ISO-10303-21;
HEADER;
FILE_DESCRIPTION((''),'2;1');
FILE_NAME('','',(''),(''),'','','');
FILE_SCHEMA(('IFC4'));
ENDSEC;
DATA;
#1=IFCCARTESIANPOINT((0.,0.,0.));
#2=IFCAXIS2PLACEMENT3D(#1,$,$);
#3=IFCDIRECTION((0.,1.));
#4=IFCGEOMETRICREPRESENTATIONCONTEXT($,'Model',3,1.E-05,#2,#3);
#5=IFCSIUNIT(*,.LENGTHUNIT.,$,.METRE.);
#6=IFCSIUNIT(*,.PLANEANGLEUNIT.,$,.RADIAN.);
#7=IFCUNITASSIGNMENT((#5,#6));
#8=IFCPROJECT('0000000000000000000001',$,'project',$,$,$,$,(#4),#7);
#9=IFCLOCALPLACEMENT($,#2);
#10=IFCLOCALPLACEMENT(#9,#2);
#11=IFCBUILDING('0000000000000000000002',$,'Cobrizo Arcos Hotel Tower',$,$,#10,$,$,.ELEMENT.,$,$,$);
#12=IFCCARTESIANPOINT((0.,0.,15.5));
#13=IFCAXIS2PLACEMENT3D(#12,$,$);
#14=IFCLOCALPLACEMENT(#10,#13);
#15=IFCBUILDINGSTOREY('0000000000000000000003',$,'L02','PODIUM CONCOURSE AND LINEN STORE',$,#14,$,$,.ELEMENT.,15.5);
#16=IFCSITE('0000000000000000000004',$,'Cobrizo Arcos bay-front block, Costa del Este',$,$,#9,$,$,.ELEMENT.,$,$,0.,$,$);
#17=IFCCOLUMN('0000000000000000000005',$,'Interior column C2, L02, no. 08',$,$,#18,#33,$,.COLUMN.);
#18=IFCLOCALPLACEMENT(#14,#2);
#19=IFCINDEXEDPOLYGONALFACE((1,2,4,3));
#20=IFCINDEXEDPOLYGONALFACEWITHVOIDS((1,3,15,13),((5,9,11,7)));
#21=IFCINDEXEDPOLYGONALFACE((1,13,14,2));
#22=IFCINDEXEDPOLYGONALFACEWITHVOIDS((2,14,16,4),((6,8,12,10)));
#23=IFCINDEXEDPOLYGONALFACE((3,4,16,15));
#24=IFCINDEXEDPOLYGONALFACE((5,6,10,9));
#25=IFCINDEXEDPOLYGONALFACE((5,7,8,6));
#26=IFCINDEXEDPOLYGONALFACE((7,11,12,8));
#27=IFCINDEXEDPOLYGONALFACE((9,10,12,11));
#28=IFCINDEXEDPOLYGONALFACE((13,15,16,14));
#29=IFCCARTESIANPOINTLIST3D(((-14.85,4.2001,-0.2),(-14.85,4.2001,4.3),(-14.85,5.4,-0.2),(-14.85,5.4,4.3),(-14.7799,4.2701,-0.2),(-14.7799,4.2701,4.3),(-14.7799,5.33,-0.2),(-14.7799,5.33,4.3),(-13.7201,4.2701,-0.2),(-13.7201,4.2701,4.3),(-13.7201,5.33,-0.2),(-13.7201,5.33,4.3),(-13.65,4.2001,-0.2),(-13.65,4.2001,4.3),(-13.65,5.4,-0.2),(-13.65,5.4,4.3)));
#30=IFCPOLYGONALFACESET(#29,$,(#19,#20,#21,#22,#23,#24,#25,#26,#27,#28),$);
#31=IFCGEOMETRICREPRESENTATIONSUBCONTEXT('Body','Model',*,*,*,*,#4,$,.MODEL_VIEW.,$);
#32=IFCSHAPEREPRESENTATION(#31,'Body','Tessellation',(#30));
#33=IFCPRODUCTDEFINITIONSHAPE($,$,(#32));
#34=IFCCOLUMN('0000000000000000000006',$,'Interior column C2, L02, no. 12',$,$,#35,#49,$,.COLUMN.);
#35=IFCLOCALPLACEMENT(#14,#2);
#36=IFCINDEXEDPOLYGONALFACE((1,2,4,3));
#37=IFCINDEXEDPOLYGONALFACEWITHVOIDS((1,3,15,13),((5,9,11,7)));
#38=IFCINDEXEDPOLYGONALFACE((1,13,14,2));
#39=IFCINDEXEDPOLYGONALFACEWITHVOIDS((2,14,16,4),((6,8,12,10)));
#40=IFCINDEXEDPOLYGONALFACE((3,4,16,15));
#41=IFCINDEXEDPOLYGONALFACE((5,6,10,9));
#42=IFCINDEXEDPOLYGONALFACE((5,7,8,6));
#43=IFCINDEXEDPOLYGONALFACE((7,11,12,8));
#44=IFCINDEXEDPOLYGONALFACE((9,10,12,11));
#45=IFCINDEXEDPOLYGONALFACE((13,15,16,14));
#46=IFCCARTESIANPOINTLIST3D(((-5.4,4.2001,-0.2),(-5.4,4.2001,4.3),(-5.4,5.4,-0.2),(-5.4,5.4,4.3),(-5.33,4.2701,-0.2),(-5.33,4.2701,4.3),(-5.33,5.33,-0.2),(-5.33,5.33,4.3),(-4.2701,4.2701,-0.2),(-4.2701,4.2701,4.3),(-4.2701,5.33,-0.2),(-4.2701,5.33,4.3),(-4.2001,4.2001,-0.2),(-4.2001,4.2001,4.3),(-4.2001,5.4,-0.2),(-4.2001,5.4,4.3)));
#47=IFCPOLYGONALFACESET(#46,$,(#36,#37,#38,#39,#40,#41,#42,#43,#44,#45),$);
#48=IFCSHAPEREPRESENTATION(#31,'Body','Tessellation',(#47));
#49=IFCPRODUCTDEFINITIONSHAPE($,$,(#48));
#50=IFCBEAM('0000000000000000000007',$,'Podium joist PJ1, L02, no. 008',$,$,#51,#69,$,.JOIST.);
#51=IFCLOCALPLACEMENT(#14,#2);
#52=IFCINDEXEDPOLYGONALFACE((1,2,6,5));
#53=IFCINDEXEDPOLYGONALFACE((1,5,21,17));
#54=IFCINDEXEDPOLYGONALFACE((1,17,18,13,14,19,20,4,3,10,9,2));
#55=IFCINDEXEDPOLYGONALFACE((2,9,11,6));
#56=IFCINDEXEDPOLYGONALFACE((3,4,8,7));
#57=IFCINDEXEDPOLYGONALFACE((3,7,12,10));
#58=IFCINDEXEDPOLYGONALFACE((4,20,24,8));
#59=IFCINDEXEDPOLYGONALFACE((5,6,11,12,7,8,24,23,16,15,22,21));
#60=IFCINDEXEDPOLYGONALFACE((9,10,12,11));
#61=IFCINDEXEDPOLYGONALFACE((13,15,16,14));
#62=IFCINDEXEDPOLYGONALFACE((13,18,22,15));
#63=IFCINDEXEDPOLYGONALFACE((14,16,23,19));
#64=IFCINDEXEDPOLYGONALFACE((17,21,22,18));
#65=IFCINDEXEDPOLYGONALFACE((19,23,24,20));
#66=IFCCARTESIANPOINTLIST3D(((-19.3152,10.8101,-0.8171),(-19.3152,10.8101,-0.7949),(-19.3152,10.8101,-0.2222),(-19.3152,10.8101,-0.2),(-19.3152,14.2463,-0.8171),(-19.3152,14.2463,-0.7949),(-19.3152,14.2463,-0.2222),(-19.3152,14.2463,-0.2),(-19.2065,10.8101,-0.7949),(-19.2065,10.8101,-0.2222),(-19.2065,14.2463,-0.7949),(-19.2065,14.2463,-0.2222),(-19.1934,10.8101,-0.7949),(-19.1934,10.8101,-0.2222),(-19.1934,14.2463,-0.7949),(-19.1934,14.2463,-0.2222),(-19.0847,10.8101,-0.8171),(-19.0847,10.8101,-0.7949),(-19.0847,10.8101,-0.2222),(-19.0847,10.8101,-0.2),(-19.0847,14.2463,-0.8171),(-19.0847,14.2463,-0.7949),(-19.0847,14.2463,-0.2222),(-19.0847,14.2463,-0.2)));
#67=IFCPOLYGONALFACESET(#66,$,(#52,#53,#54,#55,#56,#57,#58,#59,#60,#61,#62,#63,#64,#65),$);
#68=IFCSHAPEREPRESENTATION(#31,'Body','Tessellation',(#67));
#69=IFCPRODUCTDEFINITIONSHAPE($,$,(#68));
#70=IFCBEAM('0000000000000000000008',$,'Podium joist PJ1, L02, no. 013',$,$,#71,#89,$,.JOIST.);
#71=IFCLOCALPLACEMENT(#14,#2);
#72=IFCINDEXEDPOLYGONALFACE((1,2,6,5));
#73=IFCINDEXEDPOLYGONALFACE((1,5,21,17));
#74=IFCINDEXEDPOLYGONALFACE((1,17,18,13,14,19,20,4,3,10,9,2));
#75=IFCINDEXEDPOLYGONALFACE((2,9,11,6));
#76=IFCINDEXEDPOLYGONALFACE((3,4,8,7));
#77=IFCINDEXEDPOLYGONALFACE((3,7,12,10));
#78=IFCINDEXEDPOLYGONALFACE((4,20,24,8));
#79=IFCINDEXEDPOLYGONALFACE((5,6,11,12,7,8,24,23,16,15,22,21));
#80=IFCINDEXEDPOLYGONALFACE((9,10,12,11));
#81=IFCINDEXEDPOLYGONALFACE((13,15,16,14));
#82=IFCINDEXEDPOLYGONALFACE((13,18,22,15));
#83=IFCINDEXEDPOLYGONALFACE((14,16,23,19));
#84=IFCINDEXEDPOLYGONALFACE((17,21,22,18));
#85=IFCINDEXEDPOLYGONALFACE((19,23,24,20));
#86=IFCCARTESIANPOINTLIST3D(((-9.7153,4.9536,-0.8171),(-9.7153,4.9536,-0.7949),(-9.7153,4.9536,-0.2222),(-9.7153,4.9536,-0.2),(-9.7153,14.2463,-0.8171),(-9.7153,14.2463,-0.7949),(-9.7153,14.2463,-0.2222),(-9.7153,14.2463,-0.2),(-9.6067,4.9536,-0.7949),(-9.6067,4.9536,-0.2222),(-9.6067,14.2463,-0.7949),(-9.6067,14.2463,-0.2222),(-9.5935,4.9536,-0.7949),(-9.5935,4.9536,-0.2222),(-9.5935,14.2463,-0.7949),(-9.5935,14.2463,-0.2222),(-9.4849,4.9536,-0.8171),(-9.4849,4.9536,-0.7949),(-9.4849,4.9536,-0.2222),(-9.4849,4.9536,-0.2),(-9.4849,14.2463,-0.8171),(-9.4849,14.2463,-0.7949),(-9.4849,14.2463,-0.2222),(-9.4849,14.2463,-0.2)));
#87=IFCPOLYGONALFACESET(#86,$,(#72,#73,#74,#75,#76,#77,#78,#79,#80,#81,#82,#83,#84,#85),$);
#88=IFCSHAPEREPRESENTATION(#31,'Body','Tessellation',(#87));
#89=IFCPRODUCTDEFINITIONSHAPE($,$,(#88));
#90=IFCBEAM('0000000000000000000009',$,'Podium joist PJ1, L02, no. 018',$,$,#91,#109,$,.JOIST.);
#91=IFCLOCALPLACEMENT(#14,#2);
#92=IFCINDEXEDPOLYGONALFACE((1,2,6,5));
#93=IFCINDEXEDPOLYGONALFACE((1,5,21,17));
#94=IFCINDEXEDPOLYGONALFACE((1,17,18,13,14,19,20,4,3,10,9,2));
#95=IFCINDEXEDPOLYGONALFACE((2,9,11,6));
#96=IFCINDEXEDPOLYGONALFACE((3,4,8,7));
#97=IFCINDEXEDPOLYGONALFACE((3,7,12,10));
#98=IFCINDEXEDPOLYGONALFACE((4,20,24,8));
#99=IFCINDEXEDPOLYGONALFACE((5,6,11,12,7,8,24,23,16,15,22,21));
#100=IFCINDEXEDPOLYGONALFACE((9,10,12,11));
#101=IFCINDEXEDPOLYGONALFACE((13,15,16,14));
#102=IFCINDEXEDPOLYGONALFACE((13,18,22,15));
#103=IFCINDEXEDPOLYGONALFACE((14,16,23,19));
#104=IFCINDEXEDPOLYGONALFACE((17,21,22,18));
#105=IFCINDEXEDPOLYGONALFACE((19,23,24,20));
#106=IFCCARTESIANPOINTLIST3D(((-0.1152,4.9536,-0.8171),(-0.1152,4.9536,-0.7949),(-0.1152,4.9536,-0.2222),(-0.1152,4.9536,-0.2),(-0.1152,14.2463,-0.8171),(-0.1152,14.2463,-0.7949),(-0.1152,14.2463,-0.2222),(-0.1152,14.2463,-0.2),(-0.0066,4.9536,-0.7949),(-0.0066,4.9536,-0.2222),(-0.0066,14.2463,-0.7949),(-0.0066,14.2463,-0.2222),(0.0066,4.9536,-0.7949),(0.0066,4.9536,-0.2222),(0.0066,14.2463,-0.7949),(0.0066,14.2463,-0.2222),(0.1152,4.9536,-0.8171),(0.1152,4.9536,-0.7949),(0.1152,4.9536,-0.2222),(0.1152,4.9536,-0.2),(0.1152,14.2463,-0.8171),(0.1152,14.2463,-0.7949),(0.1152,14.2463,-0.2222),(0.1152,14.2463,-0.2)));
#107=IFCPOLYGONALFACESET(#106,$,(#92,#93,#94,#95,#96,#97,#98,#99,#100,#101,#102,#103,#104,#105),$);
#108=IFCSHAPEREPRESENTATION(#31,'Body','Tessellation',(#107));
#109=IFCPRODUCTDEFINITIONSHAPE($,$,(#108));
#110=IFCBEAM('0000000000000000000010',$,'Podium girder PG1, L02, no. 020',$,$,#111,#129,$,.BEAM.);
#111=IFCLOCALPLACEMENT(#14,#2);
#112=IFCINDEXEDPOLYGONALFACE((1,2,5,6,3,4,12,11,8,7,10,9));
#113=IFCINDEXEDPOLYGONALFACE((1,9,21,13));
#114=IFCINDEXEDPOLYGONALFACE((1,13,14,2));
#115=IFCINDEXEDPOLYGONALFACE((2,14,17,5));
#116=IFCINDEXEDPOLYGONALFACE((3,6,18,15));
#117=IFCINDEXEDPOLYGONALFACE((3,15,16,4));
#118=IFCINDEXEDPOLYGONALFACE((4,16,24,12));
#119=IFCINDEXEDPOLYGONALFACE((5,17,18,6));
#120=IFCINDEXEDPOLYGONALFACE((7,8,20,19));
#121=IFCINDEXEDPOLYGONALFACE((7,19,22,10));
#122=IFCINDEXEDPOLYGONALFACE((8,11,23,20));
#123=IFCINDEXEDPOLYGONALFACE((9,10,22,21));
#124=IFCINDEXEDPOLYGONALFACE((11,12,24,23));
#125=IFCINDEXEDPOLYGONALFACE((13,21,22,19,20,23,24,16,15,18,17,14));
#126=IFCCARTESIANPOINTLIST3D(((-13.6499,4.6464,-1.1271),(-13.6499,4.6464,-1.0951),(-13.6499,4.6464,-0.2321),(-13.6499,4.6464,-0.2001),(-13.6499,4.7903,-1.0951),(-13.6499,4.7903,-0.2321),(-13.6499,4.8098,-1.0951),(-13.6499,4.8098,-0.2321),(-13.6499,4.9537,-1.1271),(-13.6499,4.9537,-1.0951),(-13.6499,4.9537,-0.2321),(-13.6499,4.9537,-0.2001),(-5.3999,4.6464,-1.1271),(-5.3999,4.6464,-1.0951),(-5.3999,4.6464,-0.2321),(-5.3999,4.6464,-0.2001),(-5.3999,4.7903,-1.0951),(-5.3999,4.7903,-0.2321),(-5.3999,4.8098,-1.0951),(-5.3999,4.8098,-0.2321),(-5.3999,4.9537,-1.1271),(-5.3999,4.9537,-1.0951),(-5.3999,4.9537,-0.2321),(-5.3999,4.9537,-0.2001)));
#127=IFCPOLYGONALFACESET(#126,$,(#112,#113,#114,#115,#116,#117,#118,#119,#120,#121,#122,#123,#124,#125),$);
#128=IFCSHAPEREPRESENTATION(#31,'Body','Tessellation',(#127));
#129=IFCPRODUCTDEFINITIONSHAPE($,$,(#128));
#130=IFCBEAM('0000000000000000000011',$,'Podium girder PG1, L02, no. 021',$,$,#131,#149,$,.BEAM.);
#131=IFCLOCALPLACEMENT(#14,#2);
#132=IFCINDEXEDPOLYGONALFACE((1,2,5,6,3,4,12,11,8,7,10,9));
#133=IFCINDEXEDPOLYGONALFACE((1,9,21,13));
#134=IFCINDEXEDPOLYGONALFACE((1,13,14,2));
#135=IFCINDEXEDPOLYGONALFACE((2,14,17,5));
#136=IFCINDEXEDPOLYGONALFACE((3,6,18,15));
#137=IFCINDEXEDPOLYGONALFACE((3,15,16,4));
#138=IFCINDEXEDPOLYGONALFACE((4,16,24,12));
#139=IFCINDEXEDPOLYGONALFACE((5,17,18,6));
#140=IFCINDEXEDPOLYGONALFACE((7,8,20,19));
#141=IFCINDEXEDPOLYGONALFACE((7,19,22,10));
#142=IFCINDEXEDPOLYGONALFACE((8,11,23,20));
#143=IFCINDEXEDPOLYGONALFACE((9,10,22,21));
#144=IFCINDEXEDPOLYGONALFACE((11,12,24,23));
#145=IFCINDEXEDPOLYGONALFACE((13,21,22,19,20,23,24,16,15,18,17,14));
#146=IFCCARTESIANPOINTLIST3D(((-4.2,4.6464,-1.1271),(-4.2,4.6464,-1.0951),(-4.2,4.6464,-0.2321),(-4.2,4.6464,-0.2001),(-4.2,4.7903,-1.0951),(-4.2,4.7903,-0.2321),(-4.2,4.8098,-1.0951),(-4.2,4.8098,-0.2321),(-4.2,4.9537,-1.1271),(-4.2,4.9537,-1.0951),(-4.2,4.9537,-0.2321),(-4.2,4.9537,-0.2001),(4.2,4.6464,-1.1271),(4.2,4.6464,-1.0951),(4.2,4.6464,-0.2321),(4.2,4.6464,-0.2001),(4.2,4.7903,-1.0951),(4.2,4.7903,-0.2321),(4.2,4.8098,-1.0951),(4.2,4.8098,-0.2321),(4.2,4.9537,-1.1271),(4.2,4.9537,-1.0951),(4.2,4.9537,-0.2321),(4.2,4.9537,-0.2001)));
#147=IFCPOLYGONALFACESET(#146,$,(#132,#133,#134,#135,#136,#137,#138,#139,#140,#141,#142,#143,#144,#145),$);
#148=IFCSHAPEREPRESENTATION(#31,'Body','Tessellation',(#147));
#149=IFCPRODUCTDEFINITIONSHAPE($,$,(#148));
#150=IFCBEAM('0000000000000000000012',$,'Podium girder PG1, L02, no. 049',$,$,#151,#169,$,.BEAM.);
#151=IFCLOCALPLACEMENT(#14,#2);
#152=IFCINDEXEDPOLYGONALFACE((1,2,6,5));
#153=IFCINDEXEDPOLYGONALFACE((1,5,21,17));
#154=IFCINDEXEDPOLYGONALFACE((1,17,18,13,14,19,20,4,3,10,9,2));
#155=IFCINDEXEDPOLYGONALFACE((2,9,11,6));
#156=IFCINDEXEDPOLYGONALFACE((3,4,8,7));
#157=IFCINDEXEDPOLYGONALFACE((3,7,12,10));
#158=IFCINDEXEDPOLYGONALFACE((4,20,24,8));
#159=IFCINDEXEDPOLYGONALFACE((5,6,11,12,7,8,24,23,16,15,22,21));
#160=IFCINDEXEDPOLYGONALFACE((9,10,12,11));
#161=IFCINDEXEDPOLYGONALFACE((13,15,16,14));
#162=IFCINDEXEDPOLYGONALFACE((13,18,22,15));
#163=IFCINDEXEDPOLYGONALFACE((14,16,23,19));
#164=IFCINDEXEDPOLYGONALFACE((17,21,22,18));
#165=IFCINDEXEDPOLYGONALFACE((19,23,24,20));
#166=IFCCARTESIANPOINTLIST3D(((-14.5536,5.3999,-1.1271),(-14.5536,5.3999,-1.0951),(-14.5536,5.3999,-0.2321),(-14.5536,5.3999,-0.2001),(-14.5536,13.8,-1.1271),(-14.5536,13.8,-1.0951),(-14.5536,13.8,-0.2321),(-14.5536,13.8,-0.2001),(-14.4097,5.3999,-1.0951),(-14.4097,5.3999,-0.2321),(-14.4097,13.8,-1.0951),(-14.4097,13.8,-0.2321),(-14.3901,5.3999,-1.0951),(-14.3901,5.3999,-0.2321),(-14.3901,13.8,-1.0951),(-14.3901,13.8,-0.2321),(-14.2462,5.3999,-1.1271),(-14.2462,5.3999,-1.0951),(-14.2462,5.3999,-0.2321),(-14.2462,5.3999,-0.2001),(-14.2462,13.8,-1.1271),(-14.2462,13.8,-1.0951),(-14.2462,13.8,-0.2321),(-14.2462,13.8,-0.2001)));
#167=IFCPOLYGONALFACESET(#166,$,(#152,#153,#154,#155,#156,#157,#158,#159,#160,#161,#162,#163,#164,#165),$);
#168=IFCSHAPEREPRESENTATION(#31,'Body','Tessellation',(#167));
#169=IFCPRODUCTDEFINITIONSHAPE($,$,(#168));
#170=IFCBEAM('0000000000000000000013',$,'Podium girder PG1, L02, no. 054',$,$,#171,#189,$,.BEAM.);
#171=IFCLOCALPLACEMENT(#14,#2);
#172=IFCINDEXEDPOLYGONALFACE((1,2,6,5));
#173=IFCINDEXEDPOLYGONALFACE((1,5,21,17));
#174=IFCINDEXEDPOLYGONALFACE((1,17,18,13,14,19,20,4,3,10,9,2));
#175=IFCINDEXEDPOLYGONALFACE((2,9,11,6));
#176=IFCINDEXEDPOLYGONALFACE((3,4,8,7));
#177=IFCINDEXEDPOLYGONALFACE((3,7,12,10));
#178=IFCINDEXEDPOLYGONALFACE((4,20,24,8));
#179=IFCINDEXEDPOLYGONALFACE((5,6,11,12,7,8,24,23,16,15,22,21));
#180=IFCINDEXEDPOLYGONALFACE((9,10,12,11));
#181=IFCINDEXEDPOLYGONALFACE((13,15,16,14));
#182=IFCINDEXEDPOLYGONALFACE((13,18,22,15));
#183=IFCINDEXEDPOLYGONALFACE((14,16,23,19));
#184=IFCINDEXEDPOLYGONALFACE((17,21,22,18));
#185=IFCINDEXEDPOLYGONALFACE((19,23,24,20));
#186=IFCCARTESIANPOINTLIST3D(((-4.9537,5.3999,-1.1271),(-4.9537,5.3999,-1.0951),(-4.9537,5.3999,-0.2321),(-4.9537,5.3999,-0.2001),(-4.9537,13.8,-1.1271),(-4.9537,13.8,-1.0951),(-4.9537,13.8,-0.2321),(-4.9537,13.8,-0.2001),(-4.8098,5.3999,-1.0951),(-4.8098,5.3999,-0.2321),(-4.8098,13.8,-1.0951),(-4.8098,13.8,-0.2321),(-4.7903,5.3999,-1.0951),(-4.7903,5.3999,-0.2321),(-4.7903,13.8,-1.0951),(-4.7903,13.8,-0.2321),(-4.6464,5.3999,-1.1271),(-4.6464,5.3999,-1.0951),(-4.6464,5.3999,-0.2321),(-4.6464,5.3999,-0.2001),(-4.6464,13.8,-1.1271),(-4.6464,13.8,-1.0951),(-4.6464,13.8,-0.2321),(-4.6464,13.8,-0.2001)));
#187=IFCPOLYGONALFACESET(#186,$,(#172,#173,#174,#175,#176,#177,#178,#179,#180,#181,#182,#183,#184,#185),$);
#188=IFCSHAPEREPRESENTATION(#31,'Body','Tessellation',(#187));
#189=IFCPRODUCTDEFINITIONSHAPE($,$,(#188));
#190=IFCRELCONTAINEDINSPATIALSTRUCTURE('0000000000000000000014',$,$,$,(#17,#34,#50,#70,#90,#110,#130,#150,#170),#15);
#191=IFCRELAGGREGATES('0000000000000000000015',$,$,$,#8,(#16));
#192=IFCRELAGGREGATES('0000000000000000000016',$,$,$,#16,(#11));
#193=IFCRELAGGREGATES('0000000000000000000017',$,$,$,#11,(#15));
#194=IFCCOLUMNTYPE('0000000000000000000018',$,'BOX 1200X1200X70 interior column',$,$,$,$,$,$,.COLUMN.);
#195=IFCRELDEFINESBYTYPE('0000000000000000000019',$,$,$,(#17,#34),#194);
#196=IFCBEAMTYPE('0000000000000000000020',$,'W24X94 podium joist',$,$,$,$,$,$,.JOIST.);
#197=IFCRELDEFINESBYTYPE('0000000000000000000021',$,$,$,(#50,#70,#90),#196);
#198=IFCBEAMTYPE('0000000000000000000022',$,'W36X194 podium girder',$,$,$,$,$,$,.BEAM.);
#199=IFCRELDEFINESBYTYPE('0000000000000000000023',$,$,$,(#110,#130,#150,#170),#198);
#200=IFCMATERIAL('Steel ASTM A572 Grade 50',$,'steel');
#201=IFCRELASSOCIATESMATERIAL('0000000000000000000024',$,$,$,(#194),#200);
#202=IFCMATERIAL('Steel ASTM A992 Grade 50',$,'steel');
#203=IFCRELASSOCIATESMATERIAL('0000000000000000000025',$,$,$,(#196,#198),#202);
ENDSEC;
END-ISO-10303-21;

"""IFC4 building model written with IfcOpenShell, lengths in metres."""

from ifc_helpers import new_model, si_unit, direction, frame, origin, origin_2d, place, context, subcontext, project, spatial, hollow_rectangle, i_section, extrude, material, material_profile, profile_set, type_object, element, save


model = new_model("IFC4")

# Units and contexts
model_context = context("Model", 3, precision=1e-05, world=origin(), true_north=direction((0.0, 1.0)))
body_context = subcontext(model_context, "Body", "Model", "MODEL_VIEW")
ifc_project = project(units=[si_unit("LENGTHUNIT", "METRE"), si_unit("PLANEANGLEUNIT", "RADIAN")], contexts=[model_context])

# Site, building, storey
site_placement = place(None, origin())
site = spatial("IfcSite", under=ifc_project, at=site_placement, Name="Cobrizo Arcos bay-front block, Costa del Este", CompositionType="ELEMENT", RefElevation=0.0)
building_placement = place(site_placement, origin())
building = spatial("IfcBuilding", under=site, at=building_placement, Name="Cobrizo Arcos Hotel Tower", CompositionType="ELEMENT")
storey_placement = place(building_placement, frame((0.0, 0.0, 15.5)))
storey = spatial("IfcBuildingStorey", under=building, at=storey_placement, Name="L02", Description="PODIUM CONCOURSE AND LINEN STORE", CompositionType="ELEMENT", Elevation=15.5)

# Columns
ifc_material_1 = material(Name="Steel ASTM A572 Grade 50", Category="steel")
ifc_material_profile_1 = material_profile(ifc_material_1, hollow_rectangle(XDim=1.2, YDim=1.2, WallThickness=0.0701, at=origin_2d()), Name="BOX 1200X1200X70")
ifc_profile_set_1 = profile_set([ifc_material_profile_1], Name="Steel ASTM A572 Grade 50")
column_type = type_object("IfcColumnType", Name="BOX 1200X1200X70 interior column", PredefinedType="COLUMN", material=ifc_profile_set_1)
for number, where, z_axis, x_axis, name in (
    (1, (-14.25, 4.8, -0.2), (0.0, 0.0, 1.0), (1.0, 0.0, 0.0), "Interior column C2, L02, no. 08"),
    (2, (-4.8, 4.8, -0.2), (0.0, 0.0, 1.0), (1.0, 0.0, 0.0), "Interior column C2, L02, no. 12"),
):
    element("IfcColumn", number, at=place(storey_placement, frame(where, z_axis=z_axis, x_axis=x_axis)), inside=storey, type_object=column_type, Name=name, PredefinedType="COLUMN", context=body_context, shape_type="SweptSolid", body=[
        extrude(hollow_rectangle(XDim=1.2, YDim=1.2, WallThickness=0.0701, at=origin_2d()), origin(), (0.0, 0.0, 1.0), 4.5),
    ])

# Beams
ifc_material_2 = material(Name="Steel ASTM A992 Grade 50", Category="steel")
ifc_material_profile_2 = material_profile(ifc_material_2, i_section(OverallWidth=0.2305, OverallDepth=0.6172, WebThickness=0.0132, FlangeThickness=0.0222, at=origin_2d()), Name="W24X94")
ifc_profile_set_2 = profile_set([ifc_material_profile_2], Name="Steel ASTM A992 Grade 50")
beam_type_1 = type_object("IfcBeamType", Name="W24X94 podium joist", PredefinedType="JOIST", material=ifc_profile_set_2)
beam_1_placement = place(storey_placement, frame((-19.2, 10.8101, -0.5085), z_axis=(0.0, 1.0, 0.0), x_axis=(-1.0, 0.0, 0.0)))
element("IfcBeam", 3, at=beam_1_placement, inside=storey, type_object=beam_type_1, Name="Podium joist PJ1, L02, no. 008", PredefinedType="JOIST", context=body_context, shape_type="SweptSolid", body=[
    extrude(i_section(OverallWidth=0.2305, OverallDepth=0.6172, WebThickness=0.0132, FlangeThickness=0.0222, at=origin_2d()), origin(), (0.0, 0.0, 1.0), 3.4363),
])
for number, where, z_axis, x_axis, name in (
    (4, (-9.6001, 4.9536, -0.5085), (0.0, 1.0, 0.0), (-1.0, 0.0, 0.0), "Podium joist PJ1, L02, no. 013"),
    (5, (0.0, 4.9536, -0.5085), (0.0, 1.0, 0.0), (-1.0, 0.0, 0.0), "Podium joist PJ1, L02, no. 018"),
):
    element("IfcBeam", number, at=place(storey_placement, frame(where, z_axis=z_axis, x_axis=x_axis)), inside=storey, type_object=beam_type_1, Name=name, PredefinedType="JOIST", context=body_context, shape_type="SweptSolid", body=[
        extrude(i_section(OverallWidth=0.2305, OverallDepth=0.6172, WebThickness=0.0132, FlangeThickness=0.0222, at=origin_2d()), origin(), (0.0, 0.0, 1.0), 9.2927),
    ])
ifc_material_profile_3 = material_profile(ifc_material_2, i_section(OverallWidth=0.3074, OverallDepth=0.927, WebThickness=0.0195, FlangeThickness=0.032, at=origin_2d()), Name="W36X194")
ifc_profile_set_3 = profile_set([ifc_material_profile_3], Name="Steel ASTM A992 Grade 50")
beam_type_2 = type_object("IfcBeamType", Name="W36X194 podium girder", PredefinedType="BEAM", material=ifc_profile_set_3)
beam_2_placement = place(storey_placement, frame((-13.6499, 4.8, -0.6636), z_axis=(1.0, 0.0, 0.0), x_axis=(0.0, 1.0, 0.0)))
element("IfcBeam", 6, at=beam_2_placement, inside=storey, type_object=beam_type_2, Name="Podium girder PG1, L02, no. 020", PredefinedType="BEAM", context=body_context, shape_type="SweptSolid", body=[
    extrude(i_section(OverallWidth=0.3074, OverallDepth=0.927, WebThickness=0.0195, FlangeThickness=0.032, at=origin_2d()), origin(), (0.0, 0.0, 1.0), 8.25),
])
beam_3_placement = place(storey_placement, frame((-4.2, 4.8, -0.6636), z_axis=(1.0, 0.0, 0.0), x_axis=(0.0, 1.0, 0.0)))
element("IfcBeam", 7, at=beam_3_placement, inside=storey, type_object=beam_type_2, Name="Podium girder PG1, L02, no. 021", PredefinedType="BEAM", context=body_context, shape_type="SweptSolid", body=[
    extrude(i_section(OverallWidth=0.3074, OverallDepth=0.927, WebThickness=0.0195, FlangeThickness=0.032, at=origin_2d()), origin(), (0.0, 0.0, 1.0), 8.3999),
])
for number, where, z_axis, x_axis, name in (
    (8, (-14.3999, 5.3999, -0.6636), (0.0, 1.0, 0.0), (-1.0, 0.0, 0.0), "Podium girder PG1, L02, no. 049"),
    (9, (-4.8, 5.3999, -0.6636), (0.0, 1.0, 0.0), (-1.0, 0.0, 0.0), "Podium girder PG1, L02, no. 054"),
):
    element("IfcBeam", number, at=place(storey_placement, frame(where, z_axis=z_axis, x_axis=x_axis)), inside=storey, type_object=beam_type_2, Name=name, PredefinedType="BEAM", context=body_context, shape_type="SweptSolid", body=[
        extrude(i_section(OverallWidth=0.3074, OverallDepth=0.927, WebThickness=0.0195, FlangeThickness=0.032, at=origin_2d()), origin(), (0.0, 0.0, 1.0), 8.4001),
    ])

save(model, "model.ifc")
